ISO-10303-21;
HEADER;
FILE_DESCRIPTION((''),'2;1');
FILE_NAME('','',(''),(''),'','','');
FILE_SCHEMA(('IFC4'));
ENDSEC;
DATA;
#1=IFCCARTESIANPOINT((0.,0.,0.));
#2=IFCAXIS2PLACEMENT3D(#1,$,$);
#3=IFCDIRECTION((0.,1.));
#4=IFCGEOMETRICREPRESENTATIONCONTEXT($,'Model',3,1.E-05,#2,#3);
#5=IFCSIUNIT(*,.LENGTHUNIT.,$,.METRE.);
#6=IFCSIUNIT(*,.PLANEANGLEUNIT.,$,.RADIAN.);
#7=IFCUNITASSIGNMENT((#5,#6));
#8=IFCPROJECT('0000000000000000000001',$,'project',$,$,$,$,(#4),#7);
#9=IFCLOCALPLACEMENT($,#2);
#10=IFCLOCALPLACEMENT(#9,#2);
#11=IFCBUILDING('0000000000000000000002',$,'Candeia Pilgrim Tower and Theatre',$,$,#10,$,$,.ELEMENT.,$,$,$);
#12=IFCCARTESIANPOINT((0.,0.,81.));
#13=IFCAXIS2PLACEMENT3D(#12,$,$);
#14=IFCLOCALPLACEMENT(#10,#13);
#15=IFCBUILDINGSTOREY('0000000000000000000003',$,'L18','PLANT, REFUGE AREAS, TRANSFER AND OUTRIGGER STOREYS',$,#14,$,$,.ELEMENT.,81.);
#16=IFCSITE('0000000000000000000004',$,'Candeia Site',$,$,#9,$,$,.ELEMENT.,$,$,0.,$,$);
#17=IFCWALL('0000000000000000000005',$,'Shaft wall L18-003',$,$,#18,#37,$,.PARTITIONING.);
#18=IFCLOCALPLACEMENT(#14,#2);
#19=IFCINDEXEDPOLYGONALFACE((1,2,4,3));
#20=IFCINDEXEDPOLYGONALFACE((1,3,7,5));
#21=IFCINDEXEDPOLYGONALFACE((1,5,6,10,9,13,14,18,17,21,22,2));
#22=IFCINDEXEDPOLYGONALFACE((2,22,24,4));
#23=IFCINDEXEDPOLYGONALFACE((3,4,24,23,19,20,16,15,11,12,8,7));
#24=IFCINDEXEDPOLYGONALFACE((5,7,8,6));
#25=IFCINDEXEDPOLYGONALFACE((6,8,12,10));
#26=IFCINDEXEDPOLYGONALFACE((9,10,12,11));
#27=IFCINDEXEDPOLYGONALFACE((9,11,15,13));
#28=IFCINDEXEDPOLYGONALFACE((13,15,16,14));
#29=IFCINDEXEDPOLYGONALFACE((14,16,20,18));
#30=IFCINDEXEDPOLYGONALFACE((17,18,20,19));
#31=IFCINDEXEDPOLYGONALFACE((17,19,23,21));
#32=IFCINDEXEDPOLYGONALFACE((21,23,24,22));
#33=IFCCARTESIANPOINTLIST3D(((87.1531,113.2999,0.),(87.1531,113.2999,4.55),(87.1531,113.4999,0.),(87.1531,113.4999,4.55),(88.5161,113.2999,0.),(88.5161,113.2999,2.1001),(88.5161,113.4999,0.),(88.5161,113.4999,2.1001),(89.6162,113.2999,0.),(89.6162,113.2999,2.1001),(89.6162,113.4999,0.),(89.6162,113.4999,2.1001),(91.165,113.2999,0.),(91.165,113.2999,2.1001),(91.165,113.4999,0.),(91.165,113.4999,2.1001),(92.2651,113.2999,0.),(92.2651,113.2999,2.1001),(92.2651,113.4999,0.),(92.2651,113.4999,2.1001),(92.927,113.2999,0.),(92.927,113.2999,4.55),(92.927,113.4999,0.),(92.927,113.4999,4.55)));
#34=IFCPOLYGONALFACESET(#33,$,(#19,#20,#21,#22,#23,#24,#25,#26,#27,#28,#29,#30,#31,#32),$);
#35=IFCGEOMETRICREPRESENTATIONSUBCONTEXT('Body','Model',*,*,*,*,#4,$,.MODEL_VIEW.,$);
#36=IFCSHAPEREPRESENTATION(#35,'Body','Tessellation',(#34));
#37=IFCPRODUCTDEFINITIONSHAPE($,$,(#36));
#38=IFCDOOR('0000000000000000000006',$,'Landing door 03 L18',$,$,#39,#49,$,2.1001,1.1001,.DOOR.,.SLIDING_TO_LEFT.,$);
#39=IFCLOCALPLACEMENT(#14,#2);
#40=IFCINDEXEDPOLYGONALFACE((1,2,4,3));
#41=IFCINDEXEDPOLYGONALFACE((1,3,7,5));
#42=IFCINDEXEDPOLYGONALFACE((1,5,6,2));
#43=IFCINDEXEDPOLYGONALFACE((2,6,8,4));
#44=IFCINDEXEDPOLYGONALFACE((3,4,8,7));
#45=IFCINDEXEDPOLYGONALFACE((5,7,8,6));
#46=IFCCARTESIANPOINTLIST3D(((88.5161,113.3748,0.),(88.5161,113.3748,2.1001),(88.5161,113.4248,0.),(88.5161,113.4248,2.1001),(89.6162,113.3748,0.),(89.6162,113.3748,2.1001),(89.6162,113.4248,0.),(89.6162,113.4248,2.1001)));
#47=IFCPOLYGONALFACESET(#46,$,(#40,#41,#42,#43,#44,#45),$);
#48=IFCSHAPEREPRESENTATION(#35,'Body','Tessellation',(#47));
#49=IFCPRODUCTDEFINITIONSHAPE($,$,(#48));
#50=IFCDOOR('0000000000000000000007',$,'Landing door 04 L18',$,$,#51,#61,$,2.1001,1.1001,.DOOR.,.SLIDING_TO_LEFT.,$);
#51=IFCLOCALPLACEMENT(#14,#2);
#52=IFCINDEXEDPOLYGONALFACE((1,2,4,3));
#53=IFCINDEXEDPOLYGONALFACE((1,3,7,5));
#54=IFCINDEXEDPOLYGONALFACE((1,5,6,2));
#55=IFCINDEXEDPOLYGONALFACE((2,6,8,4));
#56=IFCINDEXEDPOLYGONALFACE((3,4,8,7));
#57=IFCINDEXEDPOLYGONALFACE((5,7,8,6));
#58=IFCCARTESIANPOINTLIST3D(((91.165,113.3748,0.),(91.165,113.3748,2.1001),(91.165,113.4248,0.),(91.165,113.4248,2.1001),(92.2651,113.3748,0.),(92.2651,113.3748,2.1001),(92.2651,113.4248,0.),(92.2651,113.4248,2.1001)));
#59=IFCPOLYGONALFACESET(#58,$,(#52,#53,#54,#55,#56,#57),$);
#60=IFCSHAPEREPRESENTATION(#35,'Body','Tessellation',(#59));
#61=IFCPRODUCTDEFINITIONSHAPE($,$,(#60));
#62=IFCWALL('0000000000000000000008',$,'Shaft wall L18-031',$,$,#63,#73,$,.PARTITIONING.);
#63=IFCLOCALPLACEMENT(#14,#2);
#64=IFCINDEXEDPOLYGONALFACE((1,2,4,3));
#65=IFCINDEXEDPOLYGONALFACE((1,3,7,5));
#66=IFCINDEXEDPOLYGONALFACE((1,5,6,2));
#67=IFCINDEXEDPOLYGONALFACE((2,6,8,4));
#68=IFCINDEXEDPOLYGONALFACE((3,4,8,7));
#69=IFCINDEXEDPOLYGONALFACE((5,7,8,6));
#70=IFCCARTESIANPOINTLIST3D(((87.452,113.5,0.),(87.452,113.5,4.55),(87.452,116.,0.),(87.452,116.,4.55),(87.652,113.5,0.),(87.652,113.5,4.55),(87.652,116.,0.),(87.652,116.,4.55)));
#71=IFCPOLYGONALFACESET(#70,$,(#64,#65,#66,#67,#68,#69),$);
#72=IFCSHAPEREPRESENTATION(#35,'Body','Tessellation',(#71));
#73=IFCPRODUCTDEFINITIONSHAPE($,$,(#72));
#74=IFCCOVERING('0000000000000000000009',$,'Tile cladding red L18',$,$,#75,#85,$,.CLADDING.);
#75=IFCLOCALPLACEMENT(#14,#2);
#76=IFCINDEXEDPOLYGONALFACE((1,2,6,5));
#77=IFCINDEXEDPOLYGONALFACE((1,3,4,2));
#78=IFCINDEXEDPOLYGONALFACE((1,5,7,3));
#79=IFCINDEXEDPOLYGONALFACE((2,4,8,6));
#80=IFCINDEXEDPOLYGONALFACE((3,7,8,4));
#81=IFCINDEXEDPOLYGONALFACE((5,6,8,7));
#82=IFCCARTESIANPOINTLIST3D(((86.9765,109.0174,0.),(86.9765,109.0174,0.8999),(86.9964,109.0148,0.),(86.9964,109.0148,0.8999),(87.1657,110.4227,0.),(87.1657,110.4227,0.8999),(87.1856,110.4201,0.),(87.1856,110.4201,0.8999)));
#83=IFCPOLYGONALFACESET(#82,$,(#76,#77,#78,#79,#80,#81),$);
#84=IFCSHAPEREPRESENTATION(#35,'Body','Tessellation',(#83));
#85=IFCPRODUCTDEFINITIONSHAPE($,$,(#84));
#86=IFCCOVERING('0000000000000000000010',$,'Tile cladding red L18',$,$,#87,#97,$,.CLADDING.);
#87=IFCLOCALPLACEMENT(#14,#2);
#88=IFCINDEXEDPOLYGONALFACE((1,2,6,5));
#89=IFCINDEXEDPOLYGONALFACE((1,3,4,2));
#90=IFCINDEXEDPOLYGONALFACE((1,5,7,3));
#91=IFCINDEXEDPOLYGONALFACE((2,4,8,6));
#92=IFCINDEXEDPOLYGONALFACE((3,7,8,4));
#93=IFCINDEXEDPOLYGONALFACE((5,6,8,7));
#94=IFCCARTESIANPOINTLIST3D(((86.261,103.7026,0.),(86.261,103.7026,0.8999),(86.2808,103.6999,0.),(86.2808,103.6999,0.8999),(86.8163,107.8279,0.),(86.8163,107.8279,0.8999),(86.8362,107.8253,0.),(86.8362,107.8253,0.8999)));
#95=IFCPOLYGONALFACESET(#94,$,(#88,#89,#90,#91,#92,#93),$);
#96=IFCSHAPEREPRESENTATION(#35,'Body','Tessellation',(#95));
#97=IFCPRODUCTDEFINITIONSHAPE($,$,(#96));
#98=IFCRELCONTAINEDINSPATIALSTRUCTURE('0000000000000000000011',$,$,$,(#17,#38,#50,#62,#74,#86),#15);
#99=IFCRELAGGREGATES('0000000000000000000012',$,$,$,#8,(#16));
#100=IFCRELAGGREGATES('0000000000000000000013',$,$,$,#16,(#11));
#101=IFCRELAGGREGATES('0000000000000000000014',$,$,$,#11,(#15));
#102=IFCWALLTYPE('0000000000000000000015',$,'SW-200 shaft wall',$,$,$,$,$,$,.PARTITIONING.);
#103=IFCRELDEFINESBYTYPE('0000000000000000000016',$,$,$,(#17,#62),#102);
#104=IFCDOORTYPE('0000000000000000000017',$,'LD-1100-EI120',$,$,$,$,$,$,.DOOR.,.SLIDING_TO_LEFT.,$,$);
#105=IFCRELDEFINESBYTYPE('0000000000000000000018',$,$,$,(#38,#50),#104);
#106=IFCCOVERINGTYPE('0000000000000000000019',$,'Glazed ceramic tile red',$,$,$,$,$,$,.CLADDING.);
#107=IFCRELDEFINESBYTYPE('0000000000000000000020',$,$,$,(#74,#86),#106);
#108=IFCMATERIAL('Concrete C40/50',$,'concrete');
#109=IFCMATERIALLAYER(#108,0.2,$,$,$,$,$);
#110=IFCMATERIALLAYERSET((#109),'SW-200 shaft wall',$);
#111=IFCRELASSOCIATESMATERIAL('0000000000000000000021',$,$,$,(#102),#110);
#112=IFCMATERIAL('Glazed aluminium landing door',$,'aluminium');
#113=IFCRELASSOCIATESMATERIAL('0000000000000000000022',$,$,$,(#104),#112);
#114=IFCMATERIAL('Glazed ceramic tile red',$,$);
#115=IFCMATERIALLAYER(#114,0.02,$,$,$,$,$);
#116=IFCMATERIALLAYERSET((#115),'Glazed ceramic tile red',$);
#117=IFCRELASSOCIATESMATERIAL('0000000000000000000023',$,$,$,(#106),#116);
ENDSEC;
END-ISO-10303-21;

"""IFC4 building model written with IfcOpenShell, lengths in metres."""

from ifc_helpers import new_model, si_unit, direction, frame, frame_2d, origin, origin_2d, place, context, subcontext, project, spatial, rectangle, extrude, material, layer, layer_set, type_object, element, fill, save


model = new_model("IFC4")

# Units and contexts
model_context = context("Model", 3, precision=1e-05, world=origin(), true_north=direction((0.0, 1.0)))
body_context = subcontext(model_context, "Body", "Model", "MODEL_VIEW")
ifc_project = project(units=[si_unit("LENGTHUNIT", "METRE"), si_unit("PLANEANGLEUNIT", "RADIAN")], contexts=[model_context])

# Site, building, storey
site_placement = place(None, origin())
site = spatial("IfcSite", under=ifc_project, at=site_placement, Name="Candeia Site", CompositionType="ELEMENT", RefElevation=0.0)
building_placement = place(site_placement, origin())
building = spatial("IfcBuilding", under=site, at=building_placement, Name="Candeia Pilgrim Tower and Theatre", CompositionType="ELEMENT")
storey_placement = place(building_placement, frame((0.0, 0.0, 81.0)))
storey = spatial("IfcBuildingStorey", under=building, at=storey_placement, Name="L18", Description="PLANT, REFUGE AREAS, TRANSFER AND OUTRIGGER STOREYS", CompositionType="ELEMENT", Elevation=81.0)

# Wall, openings, doors
ifc_material_1 = material(Name="Concrete C40/50", Category="concrete")
ifc_layer_1 = layer(ifc_material_1, 0.2)
ifc_layer_set_1 = layer_set([ifc_layer_1], Name="SW-200 shaft wall")
wall_type_1 = type_object("IfcWallType", Name="SW-200 shaft wall", PredefinedType="PARTITIONING", material=ifc_layer_set_1)
wall_1_placement = place(storey_placement, frame((87.1531, 113.3999, 0.0), z_axis=(0.0, 0.0, 1.0), x_axis=(1.0, 0.0, 0.0)))
wall_1 = element("IfcWall", 1, at=wall_1_placement, inside=storey, type_object=wall_type_1, Name="Shaft wall L18-003", PredefinedType="PARTITIONING", context=body_context, shape_type="SweptSolid", body=[
    extrude(rectangle(XDim=5.7739, YDim=0.2, at=frame_2d((2.887, 0.0))), origin(), (0.0, 0.0, 1.0), 4.55),
])
opening_1_placement = place(wall_1_placement, frame((1.363, 0.0, 0.0)))
opening_1 = element("IfcOpeningElement", 2, at=opening_1_placement, cuts=wall_1, PredefinedType="OPENING", context=body_context, shape_type="SweptSolid", body=[
    extrude(rectangle(XDim=1.1001, YDim=2.1001, at=frame_2d((0.55, 1.05))), frame((0.0, 0.1099, 0.0), z_axis=(0.0, -1.0, 0.0), x_axis=(1.0, 0.0, 0.0)), (0.0, 0.0, 1.0), 0.22),
])
opening_2_placement = place(wall_1_placement, frame((4.012, 0.0, 0.0)))
opening_2 = element("IfcOpeningElement", 3, at=opening_2_placement, cuts=wall_1, PredefinedType="OPENING", context=body_context, shape_type="SweptSolid", body=[
    extrude(rectangle(XDim=1.1001, YDim=2.1001, at=frame_2d((0.55, 1.05))), frame((0.0, 0.1099, 0.0), z_axis=(0.0, -1.0, 0.0), x_axis=(1.0, 0.0, 0.0)), (0.0, 0.0, 1.0), 0.22),
])
ifc_material_2 = material(Name="Glazed aluminium landing door", Category="aluminium")
door_type_1 = type_object("IfcDoorType", Name="LD-1100-EI120", OperationType="SLIDING_TO_LEFT", PredefinedType="DOOR", material=ifc_material_2)
door_1_placement = place(opening_1_placement, origin())
door_1 = element("IfcDoor", 4, at=door_1_placement, inside=storey, type_object=door_type_1, Name="Landing door 03 L18", OperationType="SLIDING_TO_LEFT", OverallHeight=2.1001, OverallWidth=1.1001, PredefinedType="DOOR", context=body_context, shape_type="SweptSolid", body=[
    extrude(rectangle(XDim=1.1001, YDim=2.1001, at=frame_2d((0.55, 1.05))), frame((0.0, 0.0249, 0.0), z_axis=(0.0, -1.0, 0.0), x_axis=(1.0, 0.0, 0.0)), (0.0, 0.0, 1.0), 0.05),
])
fill(opening_1, door_1)
door_2_placement = place(opening_2_placement, origin())
door_2 = element("IfcDoor", 5, at=door_2_placement, inside=storey, type_object=door_type_1, Name="Landing door 04 L18", OperationType="SLIDING_TO_LEFT", OverallHeight=2.1001, OverallWidth=1.1001, PredefinedType="DOOR", context=body_context, shape_type="SweptSolid", body=[
    extrude(rectangle(XDim=1.1001, YDim=2.1001, at=frame_2d((0.55, 1.05))), frame((0.0, 0.0249, 0.0), z_axis=(0.0, -1.0, 0.0), x_axis=(1.0, 0.0, 0.0)), (0.0, 0.0, 1.0), 0.05),
])
fill(opening_2, door_2)

# Wall
wall_2_placement = place(storey_placement, frame((87.552, 113.5, 0.0), z_axis=(0.0, 0.0, 1.0), x_axis=(0.0, 1.0, 0.0)))
element("IfcWall", 6, at=wall_2_placement, inside=storey, type_object=wall_type_1, Name="Shaft wall L18-031", PredefinedType="PARTITIONING", context=body_context, shape_type="SweptSolid", body=[
    extrude(rectangle(XDim=2.5, YDim=0.2, at=frame_2d((1.25, 0.0))), origin(), (0.0, 0.0, 1.0), 4.55),
])

# Coverings
ifc_material_3 = material(Name="Glazed ceramic tile red")
ifc_layer_2 = layer(ifc_material_3, 0.02)
ifc_layer_set_2 = layer_set([ifc_layer_2], Name="Glazed ceramic tile red")
covering_type = type_object("IfcCoveringType", Name="Glazed ceramic tile red", PredefinedType="CLADDING", material=ifc_layer_set_2)
covering_1_placement = place(storey_placement, frame((87.0811, 109.7188, 0.0), z_axis=(0.0, 0.0, 1.0), x_axis=(-0.133412, -0.991061, 0.0)))
element("IfcCovering", 7, at=covering_1_placement, inside=storey, type_object=covering_type, Name="Tile cladding red L18", PredefinedType="CLADDING", context=body_context, shape_type="SweptSolid", body=[
    extrude(rectangle(XDim=1.418, YDim=0.02, at=origin_2d()), origin(), (0.0, 0.0, 1.0), 0.8999),
])
covering_2_placement = place(storey_placement, frame((86.5486, 105.7639, 0.0), z_axis=(0.0, 0.0, 1.0), x_axis=(-0.133412, -0.991061, 0.0)))
element("IfcCovering", 8, at=covering_2_placement, inside=storey, type_object=covering_type, Name="Tile cladding red L18", PredefinedType="CLADDING", context=body_context, shape_type="SweptSolid", body=[
    extrude(rectangle(XDim=4.1626, YDim=0.02, at=origin_2d()), origin(), (0.0, 0.0, 1.0), 0.8999),
])

save(model, "model.ifc")
